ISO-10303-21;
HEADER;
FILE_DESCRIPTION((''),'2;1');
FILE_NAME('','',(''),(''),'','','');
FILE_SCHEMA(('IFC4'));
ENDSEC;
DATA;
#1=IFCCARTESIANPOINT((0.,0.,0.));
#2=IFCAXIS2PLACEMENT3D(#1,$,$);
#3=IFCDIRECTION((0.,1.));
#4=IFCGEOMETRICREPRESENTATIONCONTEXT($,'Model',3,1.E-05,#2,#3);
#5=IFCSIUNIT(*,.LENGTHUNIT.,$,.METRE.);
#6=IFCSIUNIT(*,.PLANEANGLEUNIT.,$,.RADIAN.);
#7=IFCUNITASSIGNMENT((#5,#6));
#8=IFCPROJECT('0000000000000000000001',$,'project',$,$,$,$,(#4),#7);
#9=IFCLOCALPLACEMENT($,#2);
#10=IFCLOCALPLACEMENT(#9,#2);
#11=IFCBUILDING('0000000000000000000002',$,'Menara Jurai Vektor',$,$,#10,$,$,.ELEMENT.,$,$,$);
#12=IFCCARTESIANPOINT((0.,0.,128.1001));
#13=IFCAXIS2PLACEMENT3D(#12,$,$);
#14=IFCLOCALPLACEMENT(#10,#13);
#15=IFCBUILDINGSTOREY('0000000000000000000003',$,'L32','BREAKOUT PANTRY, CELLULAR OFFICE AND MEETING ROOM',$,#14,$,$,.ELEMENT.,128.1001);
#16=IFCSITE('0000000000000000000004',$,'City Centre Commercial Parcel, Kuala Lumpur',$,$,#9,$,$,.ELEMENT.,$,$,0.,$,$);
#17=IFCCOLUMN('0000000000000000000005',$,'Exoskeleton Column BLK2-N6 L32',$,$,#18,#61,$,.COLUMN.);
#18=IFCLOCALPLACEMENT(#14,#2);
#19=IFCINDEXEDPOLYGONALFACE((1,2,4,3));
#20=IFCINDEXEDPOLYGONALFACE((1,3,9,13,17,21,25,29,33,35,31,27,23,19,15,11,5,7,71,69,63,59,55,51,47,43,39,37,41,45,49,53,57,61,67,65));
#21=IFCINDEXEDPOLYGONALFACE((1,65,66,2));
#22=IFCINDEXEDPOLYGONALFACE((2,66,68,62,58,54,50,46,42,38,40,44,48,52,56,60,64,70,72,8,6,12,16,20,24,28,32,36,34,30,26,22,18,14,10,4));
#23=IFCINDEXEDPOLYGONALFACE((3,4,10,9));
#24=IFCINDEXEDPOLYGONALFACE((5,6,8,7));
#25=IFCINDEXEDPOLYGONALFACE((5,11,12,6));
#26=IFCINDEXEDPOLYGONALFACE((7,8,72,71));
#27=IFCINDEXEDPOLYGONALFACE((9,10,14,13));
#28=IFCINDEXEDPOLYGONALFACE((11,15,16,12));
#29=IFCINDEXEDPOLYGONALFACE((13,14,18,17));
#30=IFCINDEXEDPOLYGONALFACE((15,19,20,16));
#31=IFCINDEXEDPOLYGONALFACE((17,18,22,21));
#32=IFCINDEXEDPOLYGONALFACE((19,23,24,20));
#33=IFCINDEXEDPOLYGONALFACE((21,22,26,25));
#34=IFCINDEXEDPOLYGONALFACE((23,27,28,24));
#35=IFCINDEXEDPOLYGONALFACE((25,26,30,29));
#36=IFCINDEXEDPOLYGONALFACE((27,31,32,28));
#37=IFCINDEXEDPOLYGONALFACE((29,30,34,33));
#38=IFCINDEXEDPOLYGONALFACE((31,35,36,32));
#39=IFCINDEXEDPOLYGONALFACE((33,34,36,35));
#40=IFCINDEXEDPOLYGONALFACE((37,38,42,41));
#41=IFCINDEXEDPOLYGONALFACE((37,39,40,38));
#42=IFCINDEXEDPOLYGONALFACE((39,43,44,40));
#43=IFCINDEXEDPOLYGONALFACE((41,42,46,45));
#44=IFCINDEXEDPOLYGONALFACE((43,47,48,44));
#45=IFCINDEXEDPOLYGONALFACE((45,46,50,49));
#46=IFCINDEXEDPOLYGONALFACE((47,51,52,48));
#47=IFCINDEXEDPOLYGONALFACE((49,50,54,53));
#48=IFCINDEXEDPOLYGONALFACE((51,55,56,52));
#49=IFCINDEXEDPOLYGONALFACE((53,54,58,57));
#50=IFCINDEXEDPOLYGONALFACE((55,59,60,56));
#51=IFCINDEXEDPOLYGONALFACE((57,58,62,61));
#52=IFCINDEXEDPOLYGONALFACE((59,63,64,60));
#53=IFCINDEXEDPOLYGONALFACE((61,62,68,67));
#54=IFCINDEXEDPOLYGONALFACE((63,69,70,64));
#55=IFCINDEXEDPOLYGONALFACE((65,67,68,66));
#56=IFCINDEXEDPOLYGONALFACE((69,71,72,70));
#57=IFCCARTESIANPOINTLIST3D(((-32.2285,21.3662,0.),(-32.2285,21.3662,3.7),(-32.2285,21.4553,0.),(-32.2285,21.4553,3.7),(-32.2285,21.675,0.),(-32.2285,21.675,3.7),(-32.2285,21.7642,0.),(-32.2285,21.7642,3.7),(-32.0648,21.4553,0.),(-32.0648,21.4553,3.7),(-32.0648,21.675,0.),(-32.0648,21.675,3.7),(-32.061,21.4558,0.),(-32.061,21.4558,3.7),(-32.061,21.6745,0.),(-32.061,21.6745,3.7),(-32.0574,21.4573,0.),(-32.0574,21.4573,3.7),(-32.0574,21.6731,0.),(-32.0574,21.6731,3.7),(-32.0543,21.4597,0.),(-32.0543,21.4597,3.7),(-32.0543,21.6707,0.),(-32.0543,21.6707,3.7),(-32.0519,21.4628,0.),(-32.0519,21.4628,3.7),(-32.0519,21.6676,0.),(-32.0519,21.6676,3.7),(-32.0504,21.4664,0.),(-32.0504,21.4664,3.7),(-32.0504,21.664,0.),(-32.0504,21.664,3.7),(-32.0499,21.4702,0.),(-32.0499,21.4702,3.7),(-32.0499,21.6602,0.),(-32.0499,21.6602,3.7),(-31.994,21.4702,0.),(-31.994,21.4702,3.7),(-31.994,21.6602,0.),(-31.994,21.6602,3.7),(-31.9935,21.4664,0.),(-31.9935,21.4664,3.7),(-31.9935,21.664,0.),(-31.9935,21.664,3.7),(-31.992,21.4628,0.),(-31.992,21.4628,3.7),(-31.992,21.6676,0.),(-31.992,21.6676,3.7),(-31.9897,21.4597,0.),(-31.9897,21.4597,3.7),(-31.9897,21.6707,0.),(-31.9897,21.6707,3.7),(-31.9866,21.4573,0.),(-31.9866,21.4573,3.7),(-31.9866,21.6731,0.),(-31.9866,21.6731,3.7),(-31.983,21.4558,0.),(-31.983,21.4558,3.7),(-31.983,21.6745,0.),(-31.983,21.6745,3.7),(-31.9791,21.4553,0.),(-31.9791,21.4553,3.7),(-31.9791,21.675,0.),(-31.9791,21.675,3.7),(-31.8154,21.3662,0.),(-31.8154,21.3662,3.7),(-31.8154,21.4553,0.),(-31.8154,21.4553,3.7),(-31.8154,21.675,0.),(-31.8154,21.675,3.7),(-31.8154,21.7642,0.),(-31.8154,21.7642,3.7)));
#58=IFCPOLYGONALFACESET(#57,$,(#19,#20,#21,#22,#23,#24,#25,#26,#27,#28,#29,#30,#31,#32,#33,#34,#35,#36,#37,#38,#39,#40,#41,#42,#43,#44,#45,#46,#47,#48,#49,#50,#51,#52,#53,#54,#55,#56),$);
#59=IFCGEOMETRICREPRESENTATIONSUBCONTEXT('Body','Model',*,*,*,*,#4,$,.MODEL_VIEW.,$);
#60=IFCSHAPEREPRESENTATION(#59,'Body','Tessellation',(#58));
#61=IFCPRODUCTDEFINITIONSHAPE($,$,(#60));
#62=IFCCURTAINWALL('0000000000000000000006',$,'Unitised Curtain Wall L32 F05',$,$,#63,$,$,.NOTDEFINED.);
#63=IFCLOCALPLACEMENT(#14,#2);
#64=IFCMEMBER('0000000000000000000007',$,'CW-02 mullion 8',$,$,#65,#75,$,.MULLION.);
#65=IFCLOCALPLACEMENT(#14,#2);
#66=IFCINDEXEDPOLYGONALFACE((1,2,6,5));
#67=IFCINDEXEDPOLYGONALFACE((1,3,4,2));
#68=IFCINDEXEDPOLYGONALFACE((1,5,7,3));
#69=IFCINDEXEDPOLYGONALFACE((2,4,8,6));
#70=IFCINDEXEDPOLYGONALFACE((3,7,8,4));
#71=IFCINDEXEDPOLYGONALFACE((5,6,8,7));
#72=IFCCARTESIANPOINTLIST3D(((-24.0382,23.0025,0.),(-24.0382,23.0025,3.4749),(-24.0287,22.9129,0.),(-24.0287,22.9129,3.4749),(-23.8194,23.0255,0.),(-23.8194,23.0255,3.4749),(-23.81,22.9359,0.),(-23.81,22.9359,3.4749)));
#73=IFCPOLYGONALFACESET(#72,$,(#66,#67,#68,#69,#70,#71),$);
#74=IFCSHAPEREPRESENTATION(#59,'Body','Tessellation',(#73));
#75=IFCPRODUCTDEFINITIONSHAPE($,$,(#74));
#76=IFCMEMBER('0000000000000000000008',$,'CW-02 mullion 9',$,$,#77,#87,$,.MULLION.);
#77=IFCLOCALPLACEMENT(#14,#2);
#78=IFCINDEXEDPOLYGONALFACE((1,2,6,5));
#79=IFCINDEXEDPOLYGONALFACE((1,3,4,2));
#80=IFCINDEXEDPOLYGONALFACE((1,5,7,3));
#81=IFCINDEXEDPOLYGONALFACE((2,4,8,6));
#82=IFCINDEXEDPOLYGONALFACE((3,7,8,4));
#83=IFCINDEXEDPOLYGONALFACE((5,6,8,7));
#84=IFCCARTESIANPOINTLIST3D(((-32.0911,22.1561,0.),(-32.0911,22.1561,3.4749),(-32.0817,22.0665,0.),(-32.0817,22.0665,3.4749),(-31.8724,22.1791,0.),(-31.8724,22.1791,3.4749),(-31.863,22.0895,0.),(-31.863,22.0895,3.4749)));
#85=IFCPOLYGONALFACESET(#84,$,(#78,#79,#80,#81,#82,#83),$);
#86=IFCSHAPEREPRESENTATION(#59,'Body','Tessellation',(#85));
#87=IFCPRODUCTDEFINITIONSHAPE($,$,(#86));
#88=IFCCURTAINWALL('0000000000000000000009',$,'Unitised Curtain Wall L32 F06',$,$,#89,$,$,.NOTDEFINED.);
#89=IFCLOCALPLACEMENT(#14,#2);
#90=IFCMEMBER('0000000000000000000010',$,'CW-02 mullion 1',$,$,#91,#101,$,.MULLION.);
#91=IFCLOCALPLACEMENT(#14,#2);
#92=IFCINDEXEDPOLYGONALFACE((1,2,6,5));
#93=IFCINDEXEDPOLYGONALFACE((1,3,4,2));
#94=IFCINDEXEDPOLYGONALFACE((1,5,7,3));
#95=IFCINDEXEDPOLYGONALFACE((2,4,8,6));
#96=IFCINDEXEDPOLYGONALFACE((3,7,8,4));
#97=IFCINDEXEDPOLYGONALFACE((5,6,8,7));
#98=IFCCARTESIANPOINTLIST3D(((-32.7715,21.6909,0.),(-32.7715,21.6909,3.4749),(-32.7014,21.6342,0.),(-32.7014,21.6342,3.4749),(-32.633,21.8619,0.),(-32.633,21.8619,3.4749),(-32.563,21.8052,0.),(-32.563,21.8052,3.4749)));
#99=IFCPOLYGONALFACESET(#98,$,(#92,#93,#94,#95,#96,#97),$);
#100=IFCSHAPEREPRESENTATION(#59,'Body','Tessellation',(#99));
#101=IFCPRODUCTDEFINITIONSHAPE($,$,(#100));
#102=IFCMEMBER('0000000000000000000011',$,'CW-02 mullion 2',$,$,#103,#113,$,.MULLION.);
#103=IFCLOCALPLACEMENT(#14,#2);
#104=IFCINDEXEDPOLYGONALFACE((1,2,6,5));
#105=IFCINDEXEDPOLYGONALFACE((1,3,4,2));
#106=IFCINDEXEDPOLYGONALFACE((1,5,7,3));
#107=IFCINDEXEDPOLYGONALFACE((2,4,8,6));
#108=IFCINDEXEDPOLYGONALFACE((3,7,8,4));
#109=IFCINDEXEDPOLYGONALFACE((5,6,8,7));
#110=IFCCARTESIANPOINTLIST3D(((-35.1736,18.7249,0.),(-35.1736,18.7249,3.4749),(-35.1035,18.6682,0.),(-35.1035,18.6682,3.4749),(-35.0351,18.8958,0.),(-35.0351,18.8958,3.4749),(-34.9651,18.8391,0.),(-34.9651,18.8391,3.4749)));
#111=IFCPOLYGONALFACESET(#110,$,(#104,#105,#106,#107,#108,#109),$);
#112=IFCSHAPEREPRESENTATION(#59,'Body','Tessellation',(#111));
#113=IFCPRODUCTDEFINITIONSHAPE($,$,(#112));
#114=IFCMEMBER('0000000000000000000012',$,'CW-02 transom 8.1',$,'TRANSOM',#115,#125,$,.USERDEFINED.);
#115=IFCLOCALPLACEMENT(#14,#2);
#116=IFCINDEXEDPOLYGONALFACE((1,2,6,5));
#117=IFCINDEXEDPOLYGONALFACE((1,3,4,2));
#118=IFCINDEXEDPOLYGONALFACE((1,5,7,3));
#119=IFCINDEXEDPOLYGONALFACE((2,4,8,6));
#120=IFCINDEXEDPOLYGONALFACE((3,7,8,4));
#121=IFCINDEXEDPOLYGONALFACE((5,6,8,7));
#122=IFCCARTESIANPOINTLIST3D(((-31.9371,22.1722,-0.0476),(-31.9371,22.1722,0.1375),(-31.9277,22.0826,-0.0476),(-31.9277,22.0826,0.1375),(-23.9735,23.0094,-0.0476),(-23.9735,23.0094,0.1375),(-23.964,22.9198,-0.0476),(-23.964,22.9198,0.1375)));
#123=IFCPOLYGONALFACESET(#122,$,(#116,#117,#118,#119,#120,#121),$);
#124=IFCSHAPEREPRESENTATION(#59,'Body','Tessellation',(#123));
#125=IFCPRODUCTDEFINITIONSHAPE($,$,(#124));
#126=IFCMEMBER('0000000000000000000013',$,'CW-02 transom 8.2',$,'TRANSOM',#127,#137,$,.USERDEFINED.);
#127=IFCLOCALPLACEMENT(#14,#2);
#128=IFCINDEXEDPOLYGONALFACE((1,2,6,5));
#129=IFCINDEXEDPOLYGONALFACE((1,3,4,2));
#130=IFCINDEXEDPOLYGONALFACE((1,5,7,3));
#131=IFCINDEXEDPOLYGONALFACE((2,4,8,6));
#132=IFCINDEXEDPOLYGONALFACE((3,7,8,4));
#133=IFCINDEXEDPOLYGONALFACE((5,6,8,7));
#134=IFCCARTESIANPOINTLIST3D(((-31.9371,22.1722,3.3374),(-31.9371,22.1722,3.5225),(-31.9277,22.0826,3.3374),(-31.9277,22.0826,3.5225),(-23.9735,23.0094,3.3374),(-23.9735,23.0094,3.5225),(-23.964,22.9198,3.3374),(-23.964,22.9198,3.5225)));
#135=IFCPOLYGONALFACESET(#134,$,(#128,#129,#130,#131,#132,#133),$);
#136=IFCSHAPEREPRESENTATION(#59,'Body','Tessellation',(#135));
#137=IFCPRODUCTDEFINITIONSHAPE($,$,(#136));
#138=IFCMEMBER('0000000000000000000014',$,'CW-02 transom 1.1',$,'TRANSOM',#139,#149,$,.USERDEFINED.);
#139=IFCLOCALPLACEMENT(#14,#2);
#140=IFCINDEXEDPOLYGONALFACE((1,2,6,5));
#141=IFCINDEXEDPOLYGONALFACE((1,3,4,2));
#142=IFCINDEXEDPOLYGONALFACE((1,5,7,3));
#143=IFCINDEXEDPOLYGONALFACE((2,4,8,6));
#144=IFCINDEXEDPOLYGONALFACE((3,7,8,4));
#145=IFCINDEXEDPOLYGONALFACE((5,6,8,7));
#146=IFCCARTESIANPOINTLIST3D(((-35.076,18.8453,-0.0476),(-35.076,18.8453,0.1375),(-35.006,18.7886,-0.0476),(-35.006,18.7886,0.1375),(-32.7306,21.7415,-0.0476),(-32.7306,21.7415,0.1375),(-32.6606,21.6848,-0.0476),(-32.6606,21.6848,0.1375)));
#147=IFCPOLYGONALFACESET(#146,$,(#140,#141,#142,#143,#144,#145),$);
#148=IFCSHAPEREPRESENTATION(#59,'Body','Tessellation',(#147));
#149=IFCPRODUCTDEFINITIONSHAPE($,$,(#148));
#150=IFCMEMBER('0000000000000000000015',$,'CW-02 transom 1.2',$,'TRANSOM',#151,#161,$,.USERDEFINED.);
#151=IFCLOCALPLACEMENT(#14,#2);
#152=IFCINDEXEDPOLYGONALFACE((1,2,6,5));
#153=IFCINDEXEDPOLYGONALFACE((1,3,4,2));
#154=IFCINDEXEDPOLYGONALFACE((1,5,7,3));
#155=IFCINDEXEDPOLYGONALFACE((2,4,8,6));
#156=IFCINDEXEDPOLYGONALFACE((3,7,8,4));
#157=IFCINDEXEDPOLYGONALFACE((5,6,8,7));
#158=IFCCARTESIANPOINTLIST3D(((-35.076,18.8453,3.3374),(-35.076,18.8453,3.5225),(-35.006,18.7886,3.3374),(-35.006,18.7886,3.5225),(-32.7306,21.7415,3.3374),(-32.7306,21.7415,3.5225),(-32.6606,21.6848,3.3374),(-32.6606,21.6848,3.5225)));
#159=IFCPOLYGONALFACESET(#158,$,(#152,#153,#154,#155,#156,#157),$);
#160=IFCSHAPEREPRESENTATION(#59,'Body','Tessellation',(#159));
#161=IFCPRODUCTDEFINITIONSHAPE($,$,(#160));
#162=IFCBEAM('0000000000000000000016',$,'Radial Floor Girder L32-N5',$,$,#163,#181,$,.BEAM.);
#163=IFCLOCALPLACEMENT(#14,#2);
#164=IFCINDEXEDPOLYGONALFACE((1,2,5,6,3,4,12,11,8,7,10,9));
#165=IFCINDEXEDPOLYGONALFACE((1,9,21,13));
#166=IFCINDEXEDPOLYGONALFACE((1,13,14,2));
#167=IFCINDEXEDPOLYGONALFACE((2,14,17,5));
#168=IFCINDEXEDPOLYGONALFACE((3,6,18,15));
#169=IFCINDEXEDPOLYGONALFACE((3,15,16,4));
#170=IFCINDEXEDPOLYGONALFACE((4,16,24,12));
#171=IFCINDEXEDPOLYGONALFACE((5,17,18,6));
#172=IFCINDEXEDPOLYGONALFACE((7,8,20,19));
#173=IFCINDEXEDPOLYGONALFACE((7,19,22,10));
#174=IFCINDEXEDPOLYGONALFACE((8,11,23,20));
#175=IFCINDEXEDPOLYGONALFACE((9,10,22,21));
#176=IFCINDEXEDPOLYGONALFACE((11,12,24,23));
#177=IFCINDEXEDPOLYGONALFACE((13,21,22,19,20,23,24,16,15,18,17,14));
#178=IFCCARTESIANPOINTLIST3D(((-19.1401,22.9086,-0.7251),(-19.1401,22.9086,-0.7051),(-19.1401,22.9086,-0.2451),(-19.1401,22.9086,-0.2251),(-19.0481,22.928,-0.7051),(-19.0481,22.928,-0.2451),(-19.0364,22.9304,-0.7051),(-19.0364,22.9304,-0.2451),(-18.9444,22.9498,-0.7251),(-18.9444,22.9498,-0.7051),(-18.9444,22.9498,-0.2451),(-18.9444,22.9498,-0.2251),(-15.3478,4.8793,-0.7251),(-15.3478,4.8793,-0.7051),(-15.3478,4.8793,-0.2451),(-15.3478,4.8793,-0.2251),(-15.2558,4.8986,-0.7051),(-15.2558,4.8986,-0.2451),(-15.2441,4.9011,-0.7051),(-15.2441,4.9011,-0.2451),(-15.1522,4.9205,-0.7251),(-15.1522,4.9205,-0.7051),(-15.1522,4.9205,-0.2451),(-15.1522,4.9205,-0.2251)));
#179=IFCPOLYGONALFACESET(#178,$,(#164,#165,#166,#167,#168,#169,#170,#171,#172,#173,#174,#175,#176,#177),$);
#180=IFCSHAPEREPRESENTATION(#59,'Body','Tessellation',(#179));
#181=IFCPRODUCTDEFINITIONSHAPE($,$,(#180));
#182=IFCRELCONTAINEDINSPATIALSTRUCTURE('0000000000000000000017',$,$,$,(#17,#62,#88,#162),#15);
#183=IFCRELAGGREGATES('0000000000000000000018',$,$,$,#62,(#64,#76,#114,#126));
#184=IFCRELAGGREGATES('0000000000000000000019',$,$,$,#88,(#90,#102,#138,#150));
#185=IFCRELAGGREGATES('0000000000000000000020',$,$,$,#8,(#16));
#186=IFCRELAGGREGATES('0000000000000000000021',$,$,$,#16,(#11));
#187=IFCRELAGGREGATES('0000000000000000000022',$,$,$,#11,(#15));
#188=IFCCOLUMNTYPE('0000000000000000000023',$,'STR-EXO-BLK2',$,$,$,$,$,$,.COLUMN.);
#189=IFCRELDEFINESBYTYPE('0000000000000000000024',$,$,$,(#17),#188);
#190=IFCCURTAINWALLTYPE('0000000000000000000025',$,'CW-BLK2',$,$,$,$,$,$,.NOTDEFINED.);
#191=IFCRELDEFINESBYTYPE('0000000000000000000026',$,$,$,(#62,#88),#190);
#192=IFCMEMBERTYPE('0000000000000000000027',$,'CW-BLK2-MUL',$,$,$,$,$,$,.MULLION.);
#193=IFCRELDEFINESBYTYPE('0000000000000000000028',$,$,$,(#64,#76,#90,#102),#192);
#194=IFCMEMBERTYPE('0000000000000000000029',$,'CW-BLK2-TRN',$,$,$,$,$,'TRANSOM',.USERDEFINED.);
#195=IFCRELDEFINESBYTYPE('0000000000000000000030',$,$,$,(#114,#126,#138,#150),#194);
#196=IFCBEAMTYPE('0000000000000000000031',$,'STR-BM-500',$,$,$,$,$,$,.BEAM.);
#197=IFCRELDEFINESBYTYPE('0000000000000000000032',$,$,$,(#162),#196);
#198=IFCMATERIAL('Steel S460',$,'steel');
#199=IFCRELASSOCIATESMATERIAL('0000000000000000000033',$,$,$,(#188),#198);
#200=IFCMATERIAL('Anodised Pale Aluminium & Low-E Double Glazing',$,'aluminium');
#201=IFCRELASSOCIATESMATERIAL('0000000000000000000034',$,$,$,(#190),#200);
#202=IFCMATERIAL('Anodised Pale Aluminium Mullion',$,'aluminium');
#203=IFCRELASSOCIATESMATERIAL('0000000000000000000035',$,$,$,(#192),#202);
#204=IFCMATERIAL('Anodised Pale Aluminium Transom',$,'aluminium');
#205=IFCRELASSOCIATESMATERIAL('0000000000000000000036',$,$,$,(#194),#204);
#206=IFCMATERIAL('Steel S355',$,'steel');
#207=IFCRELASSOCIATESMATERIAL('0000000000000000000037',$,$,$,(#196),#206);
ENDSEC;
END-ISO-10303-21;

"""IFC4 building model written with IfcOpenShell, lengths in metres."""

from ifc_helpers import new_model, si_unit, direction, frame, origin, origin_2d, place, context, subcontext, project, spatial, rectangle, i_section, extrude, material, material_profile, profile_set, type_object, element, aggregate, save


model = new_model("IFC4")

# Units and contexts
model_context = context("Model", 3, precision=1e-05, world=origin(), true_north=direction((0.0, 1.0)))
body_context = subcontext(model_context, "Body", "Model", "MODEL_VIEW")
ifc_project = project(units=[si_unit("LENGTHUNIT", "METRE"), si_unit("PLANEANGLEUNIT", "RADIAN")], contexts=[model_context])

# Site, building, storey
site_placement = place(None, origin())
site = spatial("IfcSite", under=ifc_project, at=site_placement, Name="City Centre Commercial Parcel, Kuala Lumpur", CompositionType="ELEMENT", RefElevation=0.0)
building_placement = place(site_placement, origin())
building = spatial("IfcBuilding", under=site, at=building_placement, Name="Menara Jurai Vektor", CompositionType="ELEMENT")
storey_placement = place(building_placement, frame((0.0, 0.0, 128.1001)))
storey = spatial("IfcBuildingStorey", under=building, at=storey_placement, Name="L32", Description="BREAKOUT PANTRY, CELLULAR OFFICE AND MEETING ROOM", CompositionType="ELEMENT", Elevation=128.1001)

# Column
ifc_material_1 = material(Name="Steel S460", Category="steel")
ifc_material_profile_1 = material_profile(ifc_material_1, i_section(OverallWidth=0.4131, OverallDepth=0.3979, WebThickness=0.0559, FlangeThickness=0.0891, FilletRadius=0.0149, at=origin_2d()), Name="HD 400x744")
ifc_profile_set_1 = profile_set([ifc_material_profile_1], Name="Steel S460")
column_type = type_object("IfcColumnType", Name="STR-EXO-BLK2", PredefinedType="COLUMN", material=ifc_profile_set_1)
column_placement = place(storey_placement, frame((-32.022, 21.5652, 0.0), z_axis=(0.0, 0.0, 1.0), x_axis=(1.0, 0.0, 0.0)))
element("IfcColumn", 1, at=column_placement, inside=storey, type_object=column_type, Name="Exoskeleton Column BLK2-N6 L32", PredefinedType="COLUMN", context=body_context, shape_type="SweptSolid", body=[
    extrude(i_section(OverallWidth=0.4131, OverallDepth=0.3979, WebThickness=0.0559, FlangeThickness=0.0891, FilletRadius=0.0149, at=origin_2d()), origin(), (0.0, 0.0, 1.0), 3.7),
])

# Curtain walls, members
ifc_material_2 = material(Name="Anodised Pale Aluminium & Low-E Double Glazing", Category="aluminium")
curtain_wall_type = type_object("IfcCurtainWallType", Name="CW-BLK2", PredefinedType="NOTDEFINED", material=ifc_material_2)
curtain_wall_1_placement = place(storey_placement, origin())
curtain_wall_1 = element("IfcCurtainWall", 2, at=curtain_wall_1_placement, inside=storey, type_object=curtain_wall_type, Name="Unitised Curtain Wall L32 F05", PredefinedType="NOTDEFINED")
ifc_material_3 = material(Name="Anodised Pale Aluminium Mullion", Category="aluminium")
ifc_material_profile_2 = material_profile(ifc_material_3, rectangle(XDim=0.0901, YDim=0.22, at=origin_2d()), Name="ALU MUL 90x220")
ifc_profile_set_2 = profile_set([ifc_material_profile_2], Name="Anodised Pale Aluminium Mullion")
member_type_1 = type_object("IfcMemberType", Name="CW-BLK2-MUL", PredefinedType="MULLION", material=ifc_profile_set_2)
member_1_placement = place(storey_placement, frame((-23.9241, 22.9692, 0.0), z_axis=(0.0, 0.0, 1.0), x_axis=(0.104529, -0.994522, 0.0)))
member_1 = element("IfcMember", 3, at=member_1_placement, type_object=member_type_1, Name="CW-02 mullion 8", PredefinedType="MULLION", context=body_context, shape_type="SweptSolid", body=[
    extrude(rectangle(XDim=0.0901, YDim=0.22, at=origin_2d()), origin(), (0.0, 0.0, 1.0), 3.4749),
])
member_2_placement = place(storey_placement, frame((-31.9771, 22.1228, 0.0), z_axis=(0.0, 0.0, 1.0), x_axis=(0.104529, -0.994522, 0.0)))
member_2 = element("IfcMember", 4, at=member_2_placement, type_object=member_type_1, Name="CW-02 mullion 9", PredefinedType="MULLION", context=body_context, shape_type="SweptSolid", body=[
    extrude(rectangle(XDim=0.0901, YDim=0.22, at=origin_2d()), origin(), (0.0, 0.0, 1.0), 3.4749),
])
curtain_wall_2_placement = place(storey_placement, origin())
curtain_wall_2 = element("IfcCurtainWall", 5, at=curtain_wall_2_placement, inside=storey, type_object=curtain_wall_type, Name="Unitised Curtain Wall L32 F06", PredefinedType="NOTDEFINED")
member_3_placement = place(storey_placement, frame((-32.6672, 21.748, 0.0), z_axis=(0.0, 0.0, 1.0), x_axis=(0.777129, -0.629341, 0.0)))
member_3 = element("IfcMember", 6, at=member_3_placement, type_object=member_type_1, Name="CW-02 mullion 1", PredefinedType="MULLION", context=body_context, shape_type="SweptSolid", body=[
    extrude(rectangle(XDim=0.0901, YDim=0.22, at=origin_2d()), origin(), (0.0, 0.0, 1.0), 3.4749),
])
member_4_placement = place(storey_placement, frame((-35.0693, 18.782, 0.0), z_axis=(0.0, 0.0, 1.0), x_axis=(0.777129, -0.629341, 0.0)))
member_4 = element("IfcMember", 7, at=member_4_placement, type_object=member_type_1, Name="CW-02 mullion 2", PredefinedType="MULLION", context=body_context, shape_type="SweptSolid", body=[
    extrude(rectangle(XDim=0.0901, YDim=0.22, at=origin_2d()), origin(), (0.0, 0.0, 1.0), 3.4749),
])

# Members
ifc_material_4 = material(Name="Anodised Pale Aluminium Transom", Category="aluminium")
ifc_material_profile_3 = material_profile(ifc_material_4, rectangle(XDim=0.0901, YDim=0.1851, at=origin_2d()), Name="ALU TRN 90x185")
ifc_profile_set_3 = profile_set([ifc_material_profile_3], Name="Anodised Pale Aluminium Transom")
member_type_2 = type_object("IfcMemberType", Name="CW-BLK2-TRN", ElementType="TRANSOM", PredefinedType="USERDEFINED", material=ifc_profile_set_3)
member_5_placement = place(storey_placement, frame((-23.9688, 22.9646, 0.0449), z_axis=(-0.99452, -0.104547, 0.0), x_axis=(0.104547, -0.99452, 0.0)))
member_5 = element("IfcMember", 8, at=member_5_placement, type_object=member_type_2, Name="CW-02 transom 8.1", ObjectType="TRANSOM", PredefinedType="USERDEFINED", context=body_context, shape_type="SweptSolid", body=[
    extrude(rectangle(XDim=0.0901, YDim=0.1851, at=origin_2d()), origin(), (0.0, 0.0, 1.0), 8.0076),
])
member_6_placement = place(storey_placement, frame((-23.9688, 22.9646, 3.4299), z_axis=(-0.99452, -0.104547, 0.0), x_axis=(0.104547, -0.99452, 0.0)))
member_6 = element("IfcMember", 9, at=member_6_placement, type_object=member_type_2, Name="CW-02 transom 8.2", ObjectType="TRANSOM", PredefinedType="USERDEFINED", context=body_context, shape_type="SweptSolid", body=[
    extrude(rectangle(XDim=0.0901, YDim=0.1851, at=origin_2d()), origin(), (0.0, 0.0, 1.0), 8.0076),
])
member_7_placement = place(storey_placement, frame((-32.6956, 21.7131, 0.0449), z_axis=(-0.629341, -0.777129, 0.0), x_axis=(0.777129, -0.629341, 0.0)))
member_7 = element("IfcMember", 10, at=member_7_placement, type_object=member_type_2, Name="CW-02 transom 1.1", ObjectType="TRANSOM", PredefinedType="USERDEFINED", context=body_context, shape_type="SweptSolid", body=[
    extrude(rectangle(XDim=0.0901, YDim=0.1851, at=origin_2d()), origin(), (0.0, 0.0, 1.0), 3.7268),
])
member_8_placement = place(storey_placement, frame((-32.6956, 21.7131, 3.4299), z_axis=(-0.629341, -0.777129, 0.0), x_axis=(0.777129, -0.629341, 0.0)))
member_8 = element("IfcMember", 11, at=member_8_placement, type_object=member_type_2, Name="CW-02 transom 1.2", ObjectType="TRANSOM", PredefinedType="USERDEFINED", context=body_context, shape_type="SweptSolid", body=[
    extrude(rectangle(XDim=0.0901, YDim=0.1851, at=origin_2d()), origin(), (0.0, 0.0, 1.0), 3.7268),
])

# Beam
ifc_material_5 = material(Name="Steel S355", Category="steel")
ifc_material_profile_4 = material_profile(ifc_material_5, i_section(OverallWidth=0.2, OverallDepth=0.5, WebThickness=0.012, FlangeThickness=0.02, at=origin_2d()), Name="PG 500x200x96")
ifc_profile_set_4 = profile_set([ifc_material_profile_4], Name="Steel S355")
beam_type_1 = type_object("IfcBeamType", Name="STR-BM-500", PredefinedType="BEAM", material=ifc_profile_set_4)
beam_1_placement = place(storey_placement, frame((-19.0422, 22.9292, -0.4751), z_axis=(0.205833, -0.978587, 0.0), x_axis=(0.978587, 0.205833, 0.0)))
element("IfcBeam", 12, at=beam_1_placement, inside=storey, type_object=beam_type_1, Name="Radial Floor Girder L32-N5", PredefinedType="BEAM", context=body_context, shape_type="SweptSolid", body=[
    extrude(i_section(OverallWidth=0.2, OverallDepth=0.5, WebThickness=0.012, FlangeThickness=0.02, at=origin_2d()), origin(), (0.0, 0.0, 1.0), 18.4238),
])

aggregate(curtain_wall_1, [member_1, member_2, member_5, member_6])
aggregate(curtain_wall_2, [member_3, member_4, member_7, member_8])

save(model, "model.ifc")
